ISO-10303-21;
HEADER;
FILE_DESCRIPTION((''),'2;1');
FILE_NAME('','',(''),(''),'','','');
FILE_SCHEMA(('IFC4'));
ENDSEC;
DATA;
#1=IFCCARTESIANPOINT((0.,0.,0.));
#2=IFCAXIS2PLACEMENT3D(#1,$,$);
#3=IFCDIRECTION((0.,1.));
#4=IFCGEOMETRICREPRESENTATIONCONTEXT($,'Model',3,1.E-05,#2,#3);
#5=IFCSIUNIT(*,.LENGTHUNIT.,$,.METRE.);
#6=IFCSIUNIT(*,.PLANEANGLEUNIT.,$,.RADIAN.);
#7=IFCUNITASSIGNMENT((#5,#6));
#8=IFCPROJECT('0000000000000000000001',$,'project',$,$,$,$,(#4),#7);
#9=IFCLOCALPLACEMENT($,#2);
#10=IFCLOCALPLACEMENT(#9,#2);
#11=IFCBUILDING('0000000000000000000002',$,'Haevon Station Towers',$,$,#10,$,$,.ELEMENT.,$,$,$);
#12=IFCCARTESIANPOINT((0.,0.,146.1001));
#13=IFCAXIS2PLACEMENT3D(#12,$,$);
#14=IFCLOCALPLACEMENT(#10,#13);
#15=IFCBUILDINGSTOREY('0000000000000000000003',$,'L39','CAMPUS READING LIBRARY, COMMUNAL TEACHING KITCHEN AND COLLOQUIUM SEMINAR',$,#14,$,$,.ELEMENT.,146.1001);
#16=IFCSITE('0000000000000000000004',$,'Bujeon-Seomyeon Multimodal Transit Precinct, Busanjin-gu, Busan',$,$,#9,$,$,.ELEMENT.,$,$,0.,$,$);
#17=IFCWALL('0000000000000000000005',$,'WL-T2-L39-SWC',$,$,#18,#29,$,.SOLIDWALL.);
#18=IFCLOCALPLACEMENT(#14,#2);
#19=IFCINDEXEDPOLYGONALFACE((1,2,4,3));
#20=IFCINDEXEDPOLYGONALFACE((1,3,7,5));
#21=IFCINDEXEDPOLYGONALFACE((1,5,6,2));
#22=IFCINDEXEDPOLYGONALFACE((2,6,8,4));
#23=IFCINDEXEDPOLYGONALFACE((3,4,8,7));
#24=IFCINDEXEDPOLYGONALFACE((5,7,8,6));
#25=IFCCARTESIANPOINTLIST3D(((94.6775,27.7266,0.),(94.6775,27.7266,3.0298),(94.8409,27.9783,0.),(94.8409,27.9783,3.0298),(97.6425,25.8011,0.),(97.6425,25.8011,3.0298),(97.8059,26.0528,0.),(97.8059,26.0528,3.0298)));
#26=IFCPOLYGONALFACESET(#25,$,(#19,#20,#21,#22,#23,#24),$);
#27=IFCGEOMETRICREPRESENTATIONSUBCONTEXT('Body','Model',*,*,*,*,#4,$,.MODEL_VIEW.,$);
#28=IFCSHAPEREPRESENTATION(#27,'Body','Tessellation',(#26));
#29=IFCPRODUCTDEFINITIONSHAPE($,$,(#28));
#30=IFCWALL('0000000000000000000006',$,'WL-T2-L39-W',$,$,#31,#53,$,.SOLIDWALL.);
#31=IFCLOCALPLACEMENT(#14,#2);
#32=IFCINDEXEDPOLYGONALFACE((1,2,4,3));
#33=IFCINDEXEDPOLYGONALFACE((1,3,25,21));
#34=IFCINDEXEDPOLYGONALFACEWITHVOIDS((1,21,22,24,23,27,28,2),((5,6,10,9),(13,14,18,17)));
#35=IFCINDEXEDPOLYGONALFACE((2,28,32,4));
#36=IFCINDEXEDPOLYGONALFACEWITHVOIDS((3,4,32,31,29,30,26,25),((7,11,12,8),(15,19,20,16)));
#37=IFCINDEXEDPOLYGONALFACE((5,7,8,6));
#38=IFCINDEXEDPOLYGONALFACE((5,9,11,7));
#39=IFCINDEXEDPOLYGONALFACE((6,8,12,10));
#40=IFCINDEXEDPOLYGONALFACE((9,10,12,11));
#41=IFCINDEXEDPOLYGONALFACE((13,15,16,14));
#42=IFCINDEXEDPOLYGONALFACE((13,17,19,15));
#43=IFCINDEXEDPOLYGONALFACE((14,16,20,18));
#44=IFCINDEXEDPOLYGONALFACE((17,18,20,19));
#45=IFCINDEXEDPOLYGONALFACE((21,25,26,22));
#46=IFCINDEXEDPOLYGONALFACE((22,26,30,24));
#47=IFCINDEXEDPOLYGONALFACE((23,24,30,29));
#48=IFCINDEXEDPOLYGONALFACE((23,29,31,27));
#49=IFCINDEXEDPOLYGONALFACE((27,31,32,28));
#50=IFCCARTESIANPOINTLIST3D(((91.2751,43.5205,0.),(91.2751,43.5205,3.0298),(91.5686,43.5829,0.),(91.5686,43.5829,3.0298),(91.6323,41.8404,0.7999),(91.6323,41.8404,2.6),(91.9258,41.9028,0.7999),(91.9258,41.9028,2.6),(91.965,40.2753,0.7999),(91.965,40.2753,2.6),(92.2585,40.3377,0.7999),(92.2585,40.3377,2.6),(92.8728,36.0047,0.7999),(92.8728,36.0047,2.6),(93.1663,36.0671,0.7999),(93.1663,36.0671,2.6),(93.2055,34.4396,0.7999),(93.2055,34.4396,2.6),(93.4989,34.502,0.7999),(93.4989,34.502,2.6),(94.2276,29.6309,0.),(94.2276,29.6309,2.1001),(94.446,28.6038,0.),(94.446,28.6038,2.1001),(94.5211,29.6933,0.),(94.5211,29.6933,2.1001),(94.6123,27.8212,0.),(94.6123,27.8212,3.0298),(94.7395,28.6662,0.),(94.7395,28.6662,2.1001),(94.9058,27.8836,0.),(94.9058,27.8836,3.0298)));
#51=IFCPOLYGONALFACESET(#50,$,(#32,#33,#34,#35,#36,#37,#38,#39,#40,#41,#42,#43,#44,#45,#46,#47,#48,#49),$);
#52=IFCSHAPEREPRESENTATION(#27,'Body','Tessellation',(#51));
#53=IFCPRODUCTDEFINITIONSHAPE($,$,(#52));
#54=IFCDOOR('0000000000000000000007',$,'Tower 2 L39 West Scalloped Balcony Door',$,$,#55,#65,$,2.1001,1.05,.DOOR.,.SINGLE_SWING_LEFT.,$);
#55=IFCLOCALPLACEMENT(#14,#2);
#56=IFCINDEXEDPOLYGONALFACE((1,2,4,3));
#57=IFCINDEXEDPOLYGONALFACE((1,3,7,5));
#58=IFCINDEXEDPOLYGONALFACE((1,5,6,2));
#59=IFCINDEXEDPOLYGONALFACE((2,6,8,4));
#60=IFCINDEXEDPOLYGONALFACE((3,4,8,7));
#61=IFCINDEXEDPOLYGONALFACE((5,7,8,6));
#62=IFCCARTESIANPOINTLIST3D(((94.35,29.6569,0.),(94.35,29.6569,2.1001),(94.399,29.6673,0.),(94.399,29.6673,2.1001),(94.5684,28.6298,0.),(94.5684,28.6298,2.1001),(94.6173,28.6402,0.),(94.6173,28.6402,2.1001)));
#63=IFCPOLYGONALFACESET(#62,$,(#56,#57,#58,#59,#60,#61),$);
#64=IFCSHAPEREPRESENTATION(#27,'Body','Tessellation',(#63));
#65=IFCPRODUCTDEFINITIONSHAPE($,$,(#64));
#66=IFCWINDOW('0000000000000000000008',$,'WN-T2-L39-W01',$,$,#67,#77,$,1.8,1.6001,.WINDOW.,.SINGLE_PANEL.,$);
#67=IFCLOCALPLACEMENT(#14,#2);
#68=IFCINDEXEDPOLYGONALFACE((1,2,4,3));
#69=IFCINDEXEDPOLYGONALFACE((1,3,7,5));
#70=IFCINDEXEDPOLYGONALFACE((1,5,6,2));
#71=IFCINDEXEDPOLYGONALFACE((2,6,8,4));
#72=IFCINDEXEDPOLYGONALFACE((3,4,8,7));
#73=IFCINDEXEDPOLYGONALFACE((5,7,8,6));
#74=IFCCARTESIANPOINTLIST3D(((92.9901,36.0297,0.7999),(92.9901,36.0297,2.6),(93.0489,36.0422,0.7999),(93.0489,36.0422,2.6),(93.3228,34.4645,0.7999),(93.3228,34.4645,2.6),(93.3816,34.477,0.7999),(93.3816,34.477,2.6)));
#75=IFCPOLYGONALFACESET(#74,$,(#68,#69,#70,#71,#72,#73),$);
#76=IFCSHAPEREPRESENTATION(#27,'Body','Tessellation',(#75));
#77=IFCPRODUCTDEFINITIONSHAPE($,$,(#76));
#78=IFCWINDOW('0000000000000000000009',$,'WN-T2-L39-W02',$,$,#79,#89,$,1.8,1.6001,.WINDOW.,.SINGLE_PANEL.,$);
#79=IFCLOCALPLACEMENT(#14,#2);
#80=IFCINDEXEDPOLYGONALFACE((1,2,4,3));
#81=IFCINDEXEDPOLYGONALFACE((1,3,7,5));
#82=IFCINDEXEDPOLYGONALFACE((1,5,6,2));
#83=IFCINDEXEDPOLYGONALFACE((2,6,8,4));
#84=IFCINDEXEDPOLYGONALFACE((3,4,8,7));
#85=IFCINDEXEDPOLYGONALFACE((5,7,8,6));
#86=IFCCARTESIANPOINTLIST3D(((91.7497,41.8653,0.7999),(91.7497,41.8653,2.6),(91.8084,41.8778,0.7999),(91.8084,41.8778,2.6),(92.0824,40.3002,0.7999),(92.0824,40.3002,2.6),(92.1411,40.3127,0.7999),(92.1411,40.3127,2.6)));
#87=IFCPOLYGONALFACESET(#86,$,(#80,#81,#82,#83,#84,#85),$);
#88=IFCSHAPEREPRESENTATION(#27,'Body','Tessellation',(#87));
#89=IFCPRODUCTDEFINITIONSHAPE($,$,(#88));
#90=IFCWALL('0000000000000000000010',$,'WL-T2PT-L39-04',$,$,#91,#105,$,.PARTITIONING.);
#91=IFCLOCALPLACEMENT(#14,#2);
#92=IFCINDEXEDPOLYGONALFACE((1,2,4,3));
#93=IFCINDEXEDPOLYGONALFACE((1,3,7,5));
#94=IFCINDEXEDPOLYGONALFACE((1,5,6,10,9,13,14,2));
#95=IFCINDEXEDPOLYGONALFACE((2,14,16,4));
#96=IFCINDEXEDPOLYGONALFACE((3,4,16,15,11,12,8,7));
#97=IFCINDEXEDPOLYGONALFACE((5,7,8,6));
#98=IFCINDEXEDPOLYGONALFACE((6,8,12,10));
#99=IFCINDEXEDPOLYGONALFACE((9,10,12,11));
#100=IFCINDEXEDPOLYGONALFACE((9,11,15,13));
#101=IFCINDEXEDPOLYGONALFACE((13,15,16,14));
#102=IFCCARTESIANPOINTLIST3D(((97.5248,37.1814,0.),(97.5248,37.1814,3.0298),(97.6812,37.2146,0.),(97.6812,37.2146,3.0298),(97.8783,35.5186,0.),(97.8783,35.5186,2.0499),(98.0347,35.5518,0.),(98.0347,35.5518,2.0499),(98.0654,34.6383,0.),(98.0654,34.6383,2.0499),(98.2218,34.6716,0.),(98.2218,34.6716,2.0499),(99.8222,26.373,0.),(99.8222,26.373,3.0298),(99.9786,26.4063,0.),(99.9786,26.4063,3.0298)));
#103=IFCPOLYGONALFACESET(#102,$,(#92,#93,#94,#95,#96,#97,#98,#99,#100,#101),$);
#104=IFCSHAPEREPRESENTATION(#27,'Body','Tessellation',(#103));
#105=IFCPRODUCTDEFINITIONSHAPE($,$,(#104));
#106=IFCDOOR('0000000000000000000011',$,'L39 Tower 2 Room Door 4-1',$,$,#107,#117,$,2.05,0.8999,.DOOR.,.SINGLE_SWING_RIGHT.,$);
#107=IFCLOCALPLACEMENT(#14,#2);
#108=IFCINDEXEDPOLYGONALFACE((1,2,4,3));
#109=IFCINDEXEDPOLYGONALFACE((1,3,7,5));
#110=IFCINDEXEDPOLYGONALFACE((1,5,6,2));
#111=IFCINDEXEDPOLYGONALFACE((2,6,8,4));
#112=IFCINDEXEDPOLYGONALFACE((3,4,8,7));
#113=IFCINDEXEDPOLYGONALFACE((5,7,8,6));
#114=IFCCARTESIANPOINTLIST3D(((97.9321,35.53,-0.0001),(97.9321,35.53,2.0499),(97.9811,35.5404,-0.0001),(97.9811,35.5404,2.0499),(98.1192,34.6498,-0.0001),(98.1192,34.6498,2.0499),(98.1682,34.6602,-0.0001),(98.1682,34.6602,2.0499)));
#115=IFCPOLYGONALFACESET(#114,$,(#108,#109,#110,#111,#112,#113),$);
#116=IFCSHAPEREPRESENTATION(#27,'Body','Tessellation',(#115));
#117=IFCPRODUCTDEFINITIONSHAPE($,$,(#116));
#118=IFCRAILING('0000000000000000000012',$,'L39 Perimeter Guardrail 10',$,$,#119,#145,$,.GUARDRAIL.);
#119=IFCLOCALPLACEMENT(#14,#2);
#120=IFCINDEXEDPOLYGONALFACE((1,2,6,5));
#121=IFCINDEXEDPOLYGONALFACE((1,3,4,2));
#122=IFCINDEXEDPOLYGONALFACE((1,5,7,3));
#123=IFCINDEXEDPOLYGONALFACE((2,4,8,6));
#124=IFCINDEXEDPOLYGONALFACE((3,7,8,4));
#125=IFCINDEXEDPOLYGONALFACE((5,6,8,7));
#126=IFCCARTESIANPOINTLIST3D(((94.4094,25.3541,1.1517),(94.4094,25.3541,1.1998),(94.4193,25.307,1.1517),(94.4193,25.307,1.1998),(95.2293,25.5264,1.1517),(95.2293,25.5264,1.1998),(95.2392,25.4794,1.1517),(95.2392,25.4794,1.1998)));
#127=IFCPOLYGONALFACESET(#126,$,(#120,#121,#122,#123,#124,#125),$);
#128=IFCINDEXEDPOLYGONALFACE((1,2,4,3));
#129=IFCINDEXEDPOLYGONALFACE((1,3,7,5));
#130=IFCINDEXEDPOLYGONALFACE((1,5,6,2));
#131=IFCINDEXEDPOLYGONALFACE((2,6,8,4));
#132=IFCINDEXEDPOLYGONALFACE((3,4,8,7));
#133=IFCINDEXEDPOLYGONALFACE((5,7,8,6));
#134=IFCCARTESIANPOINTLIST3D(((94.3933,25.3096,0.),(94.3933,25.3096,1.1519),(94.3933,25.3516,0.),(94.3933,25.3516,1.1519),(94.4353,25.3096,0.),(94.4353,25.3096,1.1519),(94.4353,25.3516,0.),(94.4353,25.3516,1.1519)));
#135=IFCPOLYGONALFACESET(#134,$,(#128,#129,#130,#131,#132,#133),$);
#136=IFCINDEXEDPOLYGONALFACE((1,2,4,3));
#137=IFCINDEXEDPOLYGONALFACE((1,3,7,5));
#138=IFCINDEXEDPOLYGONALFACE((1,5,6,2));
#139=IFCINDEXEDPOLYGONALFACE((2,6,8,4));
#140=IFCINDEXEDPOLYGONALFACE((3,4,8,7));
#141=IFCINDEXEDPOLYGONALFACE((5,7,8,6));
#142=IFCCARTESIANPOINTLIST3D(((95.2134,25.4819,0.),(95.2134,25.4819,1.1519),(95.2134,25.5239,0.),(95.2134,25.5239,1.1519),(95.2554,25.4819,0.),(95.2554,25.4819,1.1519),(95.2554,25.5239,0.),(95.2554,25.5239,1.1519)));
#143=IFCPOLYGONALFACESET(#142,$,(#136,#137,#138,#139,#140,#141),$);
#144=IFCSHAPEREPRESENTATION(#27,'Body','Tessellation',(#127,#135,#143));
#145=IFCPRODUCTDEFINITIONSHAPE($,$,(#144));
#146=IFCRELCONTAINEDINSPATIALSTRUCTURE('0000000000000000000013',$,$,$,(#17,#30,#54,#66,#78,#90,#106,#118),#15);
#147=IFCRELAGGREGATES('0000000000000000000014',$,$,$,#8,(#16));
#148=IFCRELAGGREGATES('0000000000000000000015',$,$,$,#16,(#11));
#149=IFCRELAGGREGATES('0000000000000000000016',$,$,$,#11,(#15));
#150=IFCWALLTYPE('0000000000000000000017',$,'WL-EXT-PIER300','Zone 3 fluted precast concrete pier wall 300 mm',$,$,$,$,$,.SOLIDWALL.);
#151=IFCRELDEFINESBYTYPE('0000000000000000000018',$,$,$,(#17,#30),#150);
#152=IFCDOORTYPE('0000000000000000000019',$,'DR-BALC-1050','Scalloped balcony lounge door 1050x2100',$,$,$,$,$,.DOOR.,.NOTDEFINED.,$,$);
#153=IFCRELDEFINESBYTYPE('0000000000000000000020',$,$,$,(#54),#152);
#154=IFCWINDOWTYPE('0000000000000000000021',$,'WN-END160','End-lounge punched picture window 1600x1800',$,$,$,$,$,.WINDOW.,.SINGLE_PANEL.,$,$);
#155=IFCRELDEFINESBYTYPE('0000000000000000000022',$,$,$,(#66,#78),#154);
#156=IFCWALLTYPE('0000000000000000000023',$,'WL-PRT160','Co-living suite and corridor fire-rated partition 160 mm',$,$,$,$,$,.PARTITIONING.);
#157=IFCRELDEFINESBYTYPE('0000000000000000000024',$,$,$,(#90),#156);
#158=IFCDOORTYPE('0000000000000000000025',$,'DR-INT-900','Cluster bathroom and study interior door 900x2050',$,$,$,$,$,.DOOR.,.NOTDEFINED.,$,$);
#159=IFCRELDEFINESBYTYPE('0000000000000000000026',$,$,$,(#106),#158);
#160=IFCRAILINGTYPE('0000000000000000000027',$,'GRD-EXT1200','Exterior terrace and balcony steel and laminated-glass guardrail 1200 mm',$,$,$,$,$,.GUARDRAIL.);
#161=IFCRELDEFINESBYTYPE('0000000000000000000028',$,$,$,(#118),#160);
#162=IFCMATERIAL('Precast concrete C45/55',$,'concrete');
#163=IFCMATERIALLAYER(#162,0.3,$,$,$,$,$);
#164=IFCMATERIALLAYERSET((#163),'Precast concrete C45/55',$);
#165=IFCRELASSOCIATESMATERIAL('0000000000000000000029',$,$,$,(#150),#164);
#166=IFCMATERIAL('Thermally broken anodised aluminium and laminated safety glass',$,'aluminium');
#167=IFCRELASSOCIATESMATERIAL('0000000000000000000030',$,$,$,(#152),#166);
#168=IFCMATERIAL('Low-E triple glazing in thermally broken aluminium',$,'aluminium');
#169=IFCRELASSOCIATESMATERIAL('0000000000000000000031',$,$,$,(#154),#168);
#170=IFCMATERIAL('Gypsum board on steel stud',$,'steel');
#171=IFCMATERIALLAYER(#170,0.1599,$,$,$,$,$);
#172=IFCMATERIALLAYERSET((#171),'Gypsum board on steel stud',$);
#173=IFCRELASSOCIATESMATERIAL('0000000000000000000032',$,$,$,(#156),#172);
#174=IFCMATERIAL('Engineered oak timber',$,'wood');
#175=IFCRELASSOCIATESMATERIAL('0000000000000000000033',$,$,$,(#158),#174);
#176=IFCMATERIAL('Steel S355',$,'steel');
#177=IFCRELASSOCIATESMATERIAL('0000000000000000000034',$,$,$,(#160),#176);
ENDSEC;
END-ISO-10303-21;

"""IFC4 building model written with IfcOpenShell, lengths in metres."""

from ifc_helpers import new_model, si_unit, direction, frame, frame_2d, origin, origin_2d, place, context, subcontext, project, spatial, rectangle, extrude, material, layer, layer_set, type_object, element, fill, save


model = new_model("IFC4")

# Units and contexts
model_context = context("Model", 3, precision=1e-05, world=origin(), true_north=direction((0.0, 1.0)))
body_context = subcontext(model_context, "Body", "Model", "MODEL_VIEW")
ifc_project = project(units=[si_unit("LENGTHUNIT", "METRE"), si_unit("PLANEANGLEUNIT", "RADIAN")], contexts=[model_context])

# Site, building, storey
site_placement = place(None, origin())
site = spatial("IfcSite", under=ifc_project, at=site_placement, Name="Bujeon-Seomyeon Multimodal Transit Precinct, Busanjin-gu, Busan", CompositionType="ELEMENT", RefElevation=0.0)
building_placement = place(site_placement, origin())
building = spatial("IfcBuilding", under=site, at=building_placement, Name="Haevon Station Towers", CompositionType="ELEMENT")
storey_placement = place(building_placement, frame((0.0, 0.0, 146.1001)))
storey = spatial("IfcBuildingStorey", under=building, at=storey_placement, Name="L39", Description="CAMPUS READING LIBRARY, COMMUNAL TEACHING KITCHEN AND COLLOQUIUM SEMINAR", CompositionType="ELEMENT", Elevation=146.1001)

# Shared definitions
ifc_material_1 = material(Name="Steel S355", Category="steel")

# Wall
ifc_material_2 = material(Name="Precast concrete C45/55", Category="concrete")
ifc_layer_1 = layer(ifc_material_2, 0.3)
ifc_layer_set_1 = layer_set([ifc_layer_1], Name="Precast concrete C45/55")
wall_type_1 = type_object("IfcWallType", Name="WL-EXT-PIER300", Description="Zone 3 fluted precast concrete pier wall 300 mm", PredefinedType="SOLIDWALL", material=ifc_layer_set_1)
wall_1_placement = place(storey_placement, frame((97.7241, 25.927, 0.0), z_axis=(0.0, 0.0, 1.0), x_axis=(-0.838672, 0.544636, 0.0)))
element("IfcWall", 1, at=wall_1_placement, inside=storey, type_object=wall_type_1, Name="WL-T2-L39-SWC", PredefinedType="SOLIDWALL", context=body_context, shape_type="SweptSolid", body=[
    extrude(rectangle(XDim=3.5354, YDim=0.3, at=frame_2d((1.7676, 0.0))), origin(), (0.0, 0.0, 1.0), 3.0298),
])

# Wall, openings, door, windows
wall_2_placement = place(storey_placement, frame((94.759, 27.8525, 0.0), z_axis=(0.0, 0.0, 1.0), x_axis=(-0.207923, 0.978145, 0.0)))
wall_2 = element("IfcWall", 2, at=wall_2_placement, inside=storey, type_object=wall_type_1, Name="WL-T2-L39-W", PredefinedType="SOLIDWALL", context=body_context, shape_type="SweptSolid", body=[
    extrude(rectangle(XDim=16.05, YDim=0.3, at=frame_2d((8.0249, 0.0))), origin(), (0.0, 0.0, 1.0), 3.0298),
])
opening_1_placement = place(wall_2_placement, frame((0.8, 0.0, 0.0)))
opening_1 = element("IfcOpeningElement", 3, at=opening_1_placement, cuts=wall_2, PredefinedType="OPENING", context=body_context, shape_type="SweptSolid", body=[
    extrude(rectangle(XDim=1.05, YDim=2.1001, at=frame_2d((0.5249, 1.05))), frame((0.0, 0.1599, 0.0), z_axis=(0.0, -1.0, 0.0), x_axis=(1.0, 0.0, 0.0)), (0.0, 0.0, 1.0), 0.3201),
])
opening_2_placement = place(wall_2_placement, frame((6.7661, 0.0, 0.8)))
opening_2 = element("IfcOpeningElement", 4, at=opening_2_placement, cuts=wall_2, PredefinedType="OPENING", context=body_context, shape_type="SweptSolid", body=[
    extrude(rectangle(XDim=1.6001, YDim=1.8, at=frame_2d((0.8, 0.8999))), frame((0.0, 0.1599, 0.0), z_axis=(0.0, -1.0, 0.0), x_axis=(1.0, 0.0, 0.0)), (0.0, 0.0, 1.0), 0.3201),
])
opening_3_placement = place(wall_2_placement, frame((12.7322, 0.0, 0.8)))
opening_3 = element("IfcOpeningElement", 5, at=opening_3_placement, cuts=wall_2, PredefinedType="OPENING", context=body_context, shape_type="SweptSolid", body=[
    extrude(rectangle(XDim=1.6001, YDim=1.8, at=frame_2d((0.8, 0.8999))), frame((0.0, 0.1599, 0.0), z_axis=(0.0, -1.0, 0.0), x_axis=(1.0, 0.0, 0.0)), (0.0, 0.0, 1.0), 0.3201),
])
ifc_material_3 = material(Name="Thermally broken anodised aluminium and laminated safety glass", Category="aluminium")
door_type_1 = type_object("IfcDoorType", Name="DR-BALC-1050", Description="Scalloped balcony lounge door 1050x2100", OperationType="NOTDEFINED", PredefinedType="DOOR", material=ifc_material_3)
door_1_placement = place(opening_1_placement, origin())
door_1 = element("IfcDoor", 6, at=door_1_placement, inside=storey, type_object=door_type_1, Name="Tower 2 L39 West Scalloped Balcony Door", OperationType="SINGLE_SWING_LEFT", OverallHeight=2.1001, OverallWidth=1.05, PredefinedType="DOOR", context=body_context, shape_type="SweptSolid", body=[
    extrude(rectangle(XDim=1.05, YDim=2.1001, at=frame_2d((0.5249, 1.05))), frame((0.0, 0.0249, 0.0), z_axis=(0.0, -1.0, 0.0), x_axis=(1.0, 0.0, 0.0)), (0.0, 0.0, 1.0), 0.05),
])
fill(opening_1, door_1)
ifc_material_4 = material(Name="Low-E triple glazing in thermally broken aluminium", Category="aluminium")
window_type = type_object("IfcWindowType", Name="WN-END160", Description="End-lounge punched picture window 1600x1800", PartitioningType="SINGLE_PANEL", PredefinedType="WINDOW", material=ifc_material_4)
window_1_placement = place(opening_2_placement, origin())
window_1 = element("IfcWindow", 7, at=window_1_placement, inside=storey, type_object=window_type, Name="WN-T2-L39-W01", OverallHeight=1.8, OverallWidth=1.6001, PartitioningType="SINGLE_PANEL", PredefinedType="WINDOW", context=body_context, shape_type="SweptSolid", body=[
    extrude(rectangle(XDim=1.6001, YDim=1.8, at=frame_2d((0.8, 0.8999))), frame((0.0, 0.03, 0.0), z_axis=(0.0, -1.0, 0.0), x_axis=(1.0, 0.0, 0.0)), (0.0, 0.0, 1.0), 0.0601),
])
fill(opening_2, window_1)
window_2_placement = place(opening_3_placement, origin())
window_2 = element("IfcWindow", 8, at=window_2_placement, inside=storey, type_object=window_type, Name="WN-T2-L39-W02", OverallHeight=1.8, OverallWidth=1.6001, PartitioningType="SINGLE_PANEL", PredefinedType="WINDOW", context=body_context, shape_type="SweptSolid", body=[
    extrude(rectangle(XDim=1.6001, YDim=1.8, at=frame_2d((0.8, 0.8999))), frame((0.0, 0.03, 0.0), z_axis=(0.0, -1.0, 0.0), x_axis=(1.0, 0.0, 0.0)), (0.0, 0.0, 1.0), 0.0601),
])
fill(opening_3, window_2)

# Wall, opening, door
ifc_material_5 = material(Name="Gypsum board on steel stud", Category="steel")
ifc_layer_2 = layer(ifc_material_5, 0.1599)
ifc_layer_set_2 = layer_set([ifc_layer_2], Name="Gypsum board on steel stud")
wall_type_2 = type_object("IfcWallType", Name="WL-PRT160", Description="Co-living suite and corridor fire-rated partition 160 mm", PredefinedType="PARTITIONING", material=ifc_layer_set_2)
wall_3_placement = place(storey_placement, frame((99.9004, 26.3896, 0.0), z_axis=(0.0, 0.0, 1.0), x_axis=(-0.20791, 0.978148, 0.0)))
wall_3 = element("IfcWall", 9, at=wall_3_placement, inside=storey, type_object=wall_type_2, Name="WL-T2PT-L39-04", PredefinedType="PARTITIONING", context=body_context, shape_type="SweptSolid", body=[
    extrude(rectangle(XDim=11.0498, YDim=0.1599, at=frame_2d((5.5249, 0.0))), origin(), (0.0, 0.0, 1.0), 3.0298),
])
opening_4_placement = place(wall_3_placement, frame((8.45, 0.0, 0.0)))
opening_4 = element("IfcOpeningElement", 10, at=opening_4_placement, cuts=wall_3, PredefinedType="OPENING", context=body_context, shape_type="SweptSolid", body=[
    extrude(rectangle(XDim=0.8999, YDim=2.05, at=frame_2d((0.45, 1.0249))), frame((0.0, 0.0898, 0.0), z_axis=(0.0, -1.0, 0.0), x_axis=(1.0, 0.0, 0.0)), (0.0, 0.0, 1.0), 0.1799),
])
ifc_material_6 = material(Name="Engineered oak timber", Category="wood")
door_type_2 = type_object("IfcDoorType", Name="DR-INT-900", Description="Cluster bathroom and study interior door 900x2050", OperationType="NOTDEFINED", PredefinedType="DOOR", material=ifc_material_6)
door_2_placement = place(opening_4_placement, origin())
door_2 = element("IfcDoor", 11, at=door_2_placement, inside=storey, type_object=door_type_2, Name="L39 Tower 2 Room Door 4-1", OperationType="SINGLE_SWING_RIGHT", OverallHeight=2.05, OverallWidth=0.8999, PredefinedType="DOOR", context=body_context, shape_type="SweptSolid", body=[
    extrude(rectangle(XDim=0.8999, YDim=2.05, at=frame_2d((0.45, 1.0249))), frame((0.0, 0.0249, 0.0), z_axis=(0.0, -1.0, 0.0), x_axis=(1.0, 0.0, 0.0)), (0.0, 0.0, 1.0), 0.05),
])
fill(opening_4, door_2)

# Railing
railing_type = type_object("IfcRailingType", Name="GRD-EXT1200", Description="Exterior terrace and balcony steel and laminated-glass guardrail 1200 mm", PredefinedType="GUARDRAIL", material=ifc_material_1)
railing_placement = place(storey_placement, frame((94.4143, 25.3306, 0.0)))
element("IfcRailing", 12, at=railing_placement, inside=storey, type_object=railing_type, Name="L39 Perimeter Guardrail 10", PredefinedType="GUARDRAIL", context=body_context, shape_type="SweptSolid", body=[
    extrude(rectangle(XDim=0.0481, YDim=0.0481, at=origin_2d()), frame((0.0, 0.0, 1.1758), z_axis=(0.978618, 0.205687, 0.0), x_axis=(-0.205687, 0.978618, 0.0)), (0.0, 0.0, 1.0), 0.8379),
    extrude(rectangle(XDim=0.042, YDim=0.042, at=origin_2d()), origin(), (0.0, 0.0, 1.0), 1.1519),
    extrude(rectangle(XDim=0.042, YDim=0.042, at=origin_2d()), frame((0.8201, 0.1724, 0.0)), (0.0, 0.0, 1.0), 1.1519),
])

save(model, "model.ifc")
